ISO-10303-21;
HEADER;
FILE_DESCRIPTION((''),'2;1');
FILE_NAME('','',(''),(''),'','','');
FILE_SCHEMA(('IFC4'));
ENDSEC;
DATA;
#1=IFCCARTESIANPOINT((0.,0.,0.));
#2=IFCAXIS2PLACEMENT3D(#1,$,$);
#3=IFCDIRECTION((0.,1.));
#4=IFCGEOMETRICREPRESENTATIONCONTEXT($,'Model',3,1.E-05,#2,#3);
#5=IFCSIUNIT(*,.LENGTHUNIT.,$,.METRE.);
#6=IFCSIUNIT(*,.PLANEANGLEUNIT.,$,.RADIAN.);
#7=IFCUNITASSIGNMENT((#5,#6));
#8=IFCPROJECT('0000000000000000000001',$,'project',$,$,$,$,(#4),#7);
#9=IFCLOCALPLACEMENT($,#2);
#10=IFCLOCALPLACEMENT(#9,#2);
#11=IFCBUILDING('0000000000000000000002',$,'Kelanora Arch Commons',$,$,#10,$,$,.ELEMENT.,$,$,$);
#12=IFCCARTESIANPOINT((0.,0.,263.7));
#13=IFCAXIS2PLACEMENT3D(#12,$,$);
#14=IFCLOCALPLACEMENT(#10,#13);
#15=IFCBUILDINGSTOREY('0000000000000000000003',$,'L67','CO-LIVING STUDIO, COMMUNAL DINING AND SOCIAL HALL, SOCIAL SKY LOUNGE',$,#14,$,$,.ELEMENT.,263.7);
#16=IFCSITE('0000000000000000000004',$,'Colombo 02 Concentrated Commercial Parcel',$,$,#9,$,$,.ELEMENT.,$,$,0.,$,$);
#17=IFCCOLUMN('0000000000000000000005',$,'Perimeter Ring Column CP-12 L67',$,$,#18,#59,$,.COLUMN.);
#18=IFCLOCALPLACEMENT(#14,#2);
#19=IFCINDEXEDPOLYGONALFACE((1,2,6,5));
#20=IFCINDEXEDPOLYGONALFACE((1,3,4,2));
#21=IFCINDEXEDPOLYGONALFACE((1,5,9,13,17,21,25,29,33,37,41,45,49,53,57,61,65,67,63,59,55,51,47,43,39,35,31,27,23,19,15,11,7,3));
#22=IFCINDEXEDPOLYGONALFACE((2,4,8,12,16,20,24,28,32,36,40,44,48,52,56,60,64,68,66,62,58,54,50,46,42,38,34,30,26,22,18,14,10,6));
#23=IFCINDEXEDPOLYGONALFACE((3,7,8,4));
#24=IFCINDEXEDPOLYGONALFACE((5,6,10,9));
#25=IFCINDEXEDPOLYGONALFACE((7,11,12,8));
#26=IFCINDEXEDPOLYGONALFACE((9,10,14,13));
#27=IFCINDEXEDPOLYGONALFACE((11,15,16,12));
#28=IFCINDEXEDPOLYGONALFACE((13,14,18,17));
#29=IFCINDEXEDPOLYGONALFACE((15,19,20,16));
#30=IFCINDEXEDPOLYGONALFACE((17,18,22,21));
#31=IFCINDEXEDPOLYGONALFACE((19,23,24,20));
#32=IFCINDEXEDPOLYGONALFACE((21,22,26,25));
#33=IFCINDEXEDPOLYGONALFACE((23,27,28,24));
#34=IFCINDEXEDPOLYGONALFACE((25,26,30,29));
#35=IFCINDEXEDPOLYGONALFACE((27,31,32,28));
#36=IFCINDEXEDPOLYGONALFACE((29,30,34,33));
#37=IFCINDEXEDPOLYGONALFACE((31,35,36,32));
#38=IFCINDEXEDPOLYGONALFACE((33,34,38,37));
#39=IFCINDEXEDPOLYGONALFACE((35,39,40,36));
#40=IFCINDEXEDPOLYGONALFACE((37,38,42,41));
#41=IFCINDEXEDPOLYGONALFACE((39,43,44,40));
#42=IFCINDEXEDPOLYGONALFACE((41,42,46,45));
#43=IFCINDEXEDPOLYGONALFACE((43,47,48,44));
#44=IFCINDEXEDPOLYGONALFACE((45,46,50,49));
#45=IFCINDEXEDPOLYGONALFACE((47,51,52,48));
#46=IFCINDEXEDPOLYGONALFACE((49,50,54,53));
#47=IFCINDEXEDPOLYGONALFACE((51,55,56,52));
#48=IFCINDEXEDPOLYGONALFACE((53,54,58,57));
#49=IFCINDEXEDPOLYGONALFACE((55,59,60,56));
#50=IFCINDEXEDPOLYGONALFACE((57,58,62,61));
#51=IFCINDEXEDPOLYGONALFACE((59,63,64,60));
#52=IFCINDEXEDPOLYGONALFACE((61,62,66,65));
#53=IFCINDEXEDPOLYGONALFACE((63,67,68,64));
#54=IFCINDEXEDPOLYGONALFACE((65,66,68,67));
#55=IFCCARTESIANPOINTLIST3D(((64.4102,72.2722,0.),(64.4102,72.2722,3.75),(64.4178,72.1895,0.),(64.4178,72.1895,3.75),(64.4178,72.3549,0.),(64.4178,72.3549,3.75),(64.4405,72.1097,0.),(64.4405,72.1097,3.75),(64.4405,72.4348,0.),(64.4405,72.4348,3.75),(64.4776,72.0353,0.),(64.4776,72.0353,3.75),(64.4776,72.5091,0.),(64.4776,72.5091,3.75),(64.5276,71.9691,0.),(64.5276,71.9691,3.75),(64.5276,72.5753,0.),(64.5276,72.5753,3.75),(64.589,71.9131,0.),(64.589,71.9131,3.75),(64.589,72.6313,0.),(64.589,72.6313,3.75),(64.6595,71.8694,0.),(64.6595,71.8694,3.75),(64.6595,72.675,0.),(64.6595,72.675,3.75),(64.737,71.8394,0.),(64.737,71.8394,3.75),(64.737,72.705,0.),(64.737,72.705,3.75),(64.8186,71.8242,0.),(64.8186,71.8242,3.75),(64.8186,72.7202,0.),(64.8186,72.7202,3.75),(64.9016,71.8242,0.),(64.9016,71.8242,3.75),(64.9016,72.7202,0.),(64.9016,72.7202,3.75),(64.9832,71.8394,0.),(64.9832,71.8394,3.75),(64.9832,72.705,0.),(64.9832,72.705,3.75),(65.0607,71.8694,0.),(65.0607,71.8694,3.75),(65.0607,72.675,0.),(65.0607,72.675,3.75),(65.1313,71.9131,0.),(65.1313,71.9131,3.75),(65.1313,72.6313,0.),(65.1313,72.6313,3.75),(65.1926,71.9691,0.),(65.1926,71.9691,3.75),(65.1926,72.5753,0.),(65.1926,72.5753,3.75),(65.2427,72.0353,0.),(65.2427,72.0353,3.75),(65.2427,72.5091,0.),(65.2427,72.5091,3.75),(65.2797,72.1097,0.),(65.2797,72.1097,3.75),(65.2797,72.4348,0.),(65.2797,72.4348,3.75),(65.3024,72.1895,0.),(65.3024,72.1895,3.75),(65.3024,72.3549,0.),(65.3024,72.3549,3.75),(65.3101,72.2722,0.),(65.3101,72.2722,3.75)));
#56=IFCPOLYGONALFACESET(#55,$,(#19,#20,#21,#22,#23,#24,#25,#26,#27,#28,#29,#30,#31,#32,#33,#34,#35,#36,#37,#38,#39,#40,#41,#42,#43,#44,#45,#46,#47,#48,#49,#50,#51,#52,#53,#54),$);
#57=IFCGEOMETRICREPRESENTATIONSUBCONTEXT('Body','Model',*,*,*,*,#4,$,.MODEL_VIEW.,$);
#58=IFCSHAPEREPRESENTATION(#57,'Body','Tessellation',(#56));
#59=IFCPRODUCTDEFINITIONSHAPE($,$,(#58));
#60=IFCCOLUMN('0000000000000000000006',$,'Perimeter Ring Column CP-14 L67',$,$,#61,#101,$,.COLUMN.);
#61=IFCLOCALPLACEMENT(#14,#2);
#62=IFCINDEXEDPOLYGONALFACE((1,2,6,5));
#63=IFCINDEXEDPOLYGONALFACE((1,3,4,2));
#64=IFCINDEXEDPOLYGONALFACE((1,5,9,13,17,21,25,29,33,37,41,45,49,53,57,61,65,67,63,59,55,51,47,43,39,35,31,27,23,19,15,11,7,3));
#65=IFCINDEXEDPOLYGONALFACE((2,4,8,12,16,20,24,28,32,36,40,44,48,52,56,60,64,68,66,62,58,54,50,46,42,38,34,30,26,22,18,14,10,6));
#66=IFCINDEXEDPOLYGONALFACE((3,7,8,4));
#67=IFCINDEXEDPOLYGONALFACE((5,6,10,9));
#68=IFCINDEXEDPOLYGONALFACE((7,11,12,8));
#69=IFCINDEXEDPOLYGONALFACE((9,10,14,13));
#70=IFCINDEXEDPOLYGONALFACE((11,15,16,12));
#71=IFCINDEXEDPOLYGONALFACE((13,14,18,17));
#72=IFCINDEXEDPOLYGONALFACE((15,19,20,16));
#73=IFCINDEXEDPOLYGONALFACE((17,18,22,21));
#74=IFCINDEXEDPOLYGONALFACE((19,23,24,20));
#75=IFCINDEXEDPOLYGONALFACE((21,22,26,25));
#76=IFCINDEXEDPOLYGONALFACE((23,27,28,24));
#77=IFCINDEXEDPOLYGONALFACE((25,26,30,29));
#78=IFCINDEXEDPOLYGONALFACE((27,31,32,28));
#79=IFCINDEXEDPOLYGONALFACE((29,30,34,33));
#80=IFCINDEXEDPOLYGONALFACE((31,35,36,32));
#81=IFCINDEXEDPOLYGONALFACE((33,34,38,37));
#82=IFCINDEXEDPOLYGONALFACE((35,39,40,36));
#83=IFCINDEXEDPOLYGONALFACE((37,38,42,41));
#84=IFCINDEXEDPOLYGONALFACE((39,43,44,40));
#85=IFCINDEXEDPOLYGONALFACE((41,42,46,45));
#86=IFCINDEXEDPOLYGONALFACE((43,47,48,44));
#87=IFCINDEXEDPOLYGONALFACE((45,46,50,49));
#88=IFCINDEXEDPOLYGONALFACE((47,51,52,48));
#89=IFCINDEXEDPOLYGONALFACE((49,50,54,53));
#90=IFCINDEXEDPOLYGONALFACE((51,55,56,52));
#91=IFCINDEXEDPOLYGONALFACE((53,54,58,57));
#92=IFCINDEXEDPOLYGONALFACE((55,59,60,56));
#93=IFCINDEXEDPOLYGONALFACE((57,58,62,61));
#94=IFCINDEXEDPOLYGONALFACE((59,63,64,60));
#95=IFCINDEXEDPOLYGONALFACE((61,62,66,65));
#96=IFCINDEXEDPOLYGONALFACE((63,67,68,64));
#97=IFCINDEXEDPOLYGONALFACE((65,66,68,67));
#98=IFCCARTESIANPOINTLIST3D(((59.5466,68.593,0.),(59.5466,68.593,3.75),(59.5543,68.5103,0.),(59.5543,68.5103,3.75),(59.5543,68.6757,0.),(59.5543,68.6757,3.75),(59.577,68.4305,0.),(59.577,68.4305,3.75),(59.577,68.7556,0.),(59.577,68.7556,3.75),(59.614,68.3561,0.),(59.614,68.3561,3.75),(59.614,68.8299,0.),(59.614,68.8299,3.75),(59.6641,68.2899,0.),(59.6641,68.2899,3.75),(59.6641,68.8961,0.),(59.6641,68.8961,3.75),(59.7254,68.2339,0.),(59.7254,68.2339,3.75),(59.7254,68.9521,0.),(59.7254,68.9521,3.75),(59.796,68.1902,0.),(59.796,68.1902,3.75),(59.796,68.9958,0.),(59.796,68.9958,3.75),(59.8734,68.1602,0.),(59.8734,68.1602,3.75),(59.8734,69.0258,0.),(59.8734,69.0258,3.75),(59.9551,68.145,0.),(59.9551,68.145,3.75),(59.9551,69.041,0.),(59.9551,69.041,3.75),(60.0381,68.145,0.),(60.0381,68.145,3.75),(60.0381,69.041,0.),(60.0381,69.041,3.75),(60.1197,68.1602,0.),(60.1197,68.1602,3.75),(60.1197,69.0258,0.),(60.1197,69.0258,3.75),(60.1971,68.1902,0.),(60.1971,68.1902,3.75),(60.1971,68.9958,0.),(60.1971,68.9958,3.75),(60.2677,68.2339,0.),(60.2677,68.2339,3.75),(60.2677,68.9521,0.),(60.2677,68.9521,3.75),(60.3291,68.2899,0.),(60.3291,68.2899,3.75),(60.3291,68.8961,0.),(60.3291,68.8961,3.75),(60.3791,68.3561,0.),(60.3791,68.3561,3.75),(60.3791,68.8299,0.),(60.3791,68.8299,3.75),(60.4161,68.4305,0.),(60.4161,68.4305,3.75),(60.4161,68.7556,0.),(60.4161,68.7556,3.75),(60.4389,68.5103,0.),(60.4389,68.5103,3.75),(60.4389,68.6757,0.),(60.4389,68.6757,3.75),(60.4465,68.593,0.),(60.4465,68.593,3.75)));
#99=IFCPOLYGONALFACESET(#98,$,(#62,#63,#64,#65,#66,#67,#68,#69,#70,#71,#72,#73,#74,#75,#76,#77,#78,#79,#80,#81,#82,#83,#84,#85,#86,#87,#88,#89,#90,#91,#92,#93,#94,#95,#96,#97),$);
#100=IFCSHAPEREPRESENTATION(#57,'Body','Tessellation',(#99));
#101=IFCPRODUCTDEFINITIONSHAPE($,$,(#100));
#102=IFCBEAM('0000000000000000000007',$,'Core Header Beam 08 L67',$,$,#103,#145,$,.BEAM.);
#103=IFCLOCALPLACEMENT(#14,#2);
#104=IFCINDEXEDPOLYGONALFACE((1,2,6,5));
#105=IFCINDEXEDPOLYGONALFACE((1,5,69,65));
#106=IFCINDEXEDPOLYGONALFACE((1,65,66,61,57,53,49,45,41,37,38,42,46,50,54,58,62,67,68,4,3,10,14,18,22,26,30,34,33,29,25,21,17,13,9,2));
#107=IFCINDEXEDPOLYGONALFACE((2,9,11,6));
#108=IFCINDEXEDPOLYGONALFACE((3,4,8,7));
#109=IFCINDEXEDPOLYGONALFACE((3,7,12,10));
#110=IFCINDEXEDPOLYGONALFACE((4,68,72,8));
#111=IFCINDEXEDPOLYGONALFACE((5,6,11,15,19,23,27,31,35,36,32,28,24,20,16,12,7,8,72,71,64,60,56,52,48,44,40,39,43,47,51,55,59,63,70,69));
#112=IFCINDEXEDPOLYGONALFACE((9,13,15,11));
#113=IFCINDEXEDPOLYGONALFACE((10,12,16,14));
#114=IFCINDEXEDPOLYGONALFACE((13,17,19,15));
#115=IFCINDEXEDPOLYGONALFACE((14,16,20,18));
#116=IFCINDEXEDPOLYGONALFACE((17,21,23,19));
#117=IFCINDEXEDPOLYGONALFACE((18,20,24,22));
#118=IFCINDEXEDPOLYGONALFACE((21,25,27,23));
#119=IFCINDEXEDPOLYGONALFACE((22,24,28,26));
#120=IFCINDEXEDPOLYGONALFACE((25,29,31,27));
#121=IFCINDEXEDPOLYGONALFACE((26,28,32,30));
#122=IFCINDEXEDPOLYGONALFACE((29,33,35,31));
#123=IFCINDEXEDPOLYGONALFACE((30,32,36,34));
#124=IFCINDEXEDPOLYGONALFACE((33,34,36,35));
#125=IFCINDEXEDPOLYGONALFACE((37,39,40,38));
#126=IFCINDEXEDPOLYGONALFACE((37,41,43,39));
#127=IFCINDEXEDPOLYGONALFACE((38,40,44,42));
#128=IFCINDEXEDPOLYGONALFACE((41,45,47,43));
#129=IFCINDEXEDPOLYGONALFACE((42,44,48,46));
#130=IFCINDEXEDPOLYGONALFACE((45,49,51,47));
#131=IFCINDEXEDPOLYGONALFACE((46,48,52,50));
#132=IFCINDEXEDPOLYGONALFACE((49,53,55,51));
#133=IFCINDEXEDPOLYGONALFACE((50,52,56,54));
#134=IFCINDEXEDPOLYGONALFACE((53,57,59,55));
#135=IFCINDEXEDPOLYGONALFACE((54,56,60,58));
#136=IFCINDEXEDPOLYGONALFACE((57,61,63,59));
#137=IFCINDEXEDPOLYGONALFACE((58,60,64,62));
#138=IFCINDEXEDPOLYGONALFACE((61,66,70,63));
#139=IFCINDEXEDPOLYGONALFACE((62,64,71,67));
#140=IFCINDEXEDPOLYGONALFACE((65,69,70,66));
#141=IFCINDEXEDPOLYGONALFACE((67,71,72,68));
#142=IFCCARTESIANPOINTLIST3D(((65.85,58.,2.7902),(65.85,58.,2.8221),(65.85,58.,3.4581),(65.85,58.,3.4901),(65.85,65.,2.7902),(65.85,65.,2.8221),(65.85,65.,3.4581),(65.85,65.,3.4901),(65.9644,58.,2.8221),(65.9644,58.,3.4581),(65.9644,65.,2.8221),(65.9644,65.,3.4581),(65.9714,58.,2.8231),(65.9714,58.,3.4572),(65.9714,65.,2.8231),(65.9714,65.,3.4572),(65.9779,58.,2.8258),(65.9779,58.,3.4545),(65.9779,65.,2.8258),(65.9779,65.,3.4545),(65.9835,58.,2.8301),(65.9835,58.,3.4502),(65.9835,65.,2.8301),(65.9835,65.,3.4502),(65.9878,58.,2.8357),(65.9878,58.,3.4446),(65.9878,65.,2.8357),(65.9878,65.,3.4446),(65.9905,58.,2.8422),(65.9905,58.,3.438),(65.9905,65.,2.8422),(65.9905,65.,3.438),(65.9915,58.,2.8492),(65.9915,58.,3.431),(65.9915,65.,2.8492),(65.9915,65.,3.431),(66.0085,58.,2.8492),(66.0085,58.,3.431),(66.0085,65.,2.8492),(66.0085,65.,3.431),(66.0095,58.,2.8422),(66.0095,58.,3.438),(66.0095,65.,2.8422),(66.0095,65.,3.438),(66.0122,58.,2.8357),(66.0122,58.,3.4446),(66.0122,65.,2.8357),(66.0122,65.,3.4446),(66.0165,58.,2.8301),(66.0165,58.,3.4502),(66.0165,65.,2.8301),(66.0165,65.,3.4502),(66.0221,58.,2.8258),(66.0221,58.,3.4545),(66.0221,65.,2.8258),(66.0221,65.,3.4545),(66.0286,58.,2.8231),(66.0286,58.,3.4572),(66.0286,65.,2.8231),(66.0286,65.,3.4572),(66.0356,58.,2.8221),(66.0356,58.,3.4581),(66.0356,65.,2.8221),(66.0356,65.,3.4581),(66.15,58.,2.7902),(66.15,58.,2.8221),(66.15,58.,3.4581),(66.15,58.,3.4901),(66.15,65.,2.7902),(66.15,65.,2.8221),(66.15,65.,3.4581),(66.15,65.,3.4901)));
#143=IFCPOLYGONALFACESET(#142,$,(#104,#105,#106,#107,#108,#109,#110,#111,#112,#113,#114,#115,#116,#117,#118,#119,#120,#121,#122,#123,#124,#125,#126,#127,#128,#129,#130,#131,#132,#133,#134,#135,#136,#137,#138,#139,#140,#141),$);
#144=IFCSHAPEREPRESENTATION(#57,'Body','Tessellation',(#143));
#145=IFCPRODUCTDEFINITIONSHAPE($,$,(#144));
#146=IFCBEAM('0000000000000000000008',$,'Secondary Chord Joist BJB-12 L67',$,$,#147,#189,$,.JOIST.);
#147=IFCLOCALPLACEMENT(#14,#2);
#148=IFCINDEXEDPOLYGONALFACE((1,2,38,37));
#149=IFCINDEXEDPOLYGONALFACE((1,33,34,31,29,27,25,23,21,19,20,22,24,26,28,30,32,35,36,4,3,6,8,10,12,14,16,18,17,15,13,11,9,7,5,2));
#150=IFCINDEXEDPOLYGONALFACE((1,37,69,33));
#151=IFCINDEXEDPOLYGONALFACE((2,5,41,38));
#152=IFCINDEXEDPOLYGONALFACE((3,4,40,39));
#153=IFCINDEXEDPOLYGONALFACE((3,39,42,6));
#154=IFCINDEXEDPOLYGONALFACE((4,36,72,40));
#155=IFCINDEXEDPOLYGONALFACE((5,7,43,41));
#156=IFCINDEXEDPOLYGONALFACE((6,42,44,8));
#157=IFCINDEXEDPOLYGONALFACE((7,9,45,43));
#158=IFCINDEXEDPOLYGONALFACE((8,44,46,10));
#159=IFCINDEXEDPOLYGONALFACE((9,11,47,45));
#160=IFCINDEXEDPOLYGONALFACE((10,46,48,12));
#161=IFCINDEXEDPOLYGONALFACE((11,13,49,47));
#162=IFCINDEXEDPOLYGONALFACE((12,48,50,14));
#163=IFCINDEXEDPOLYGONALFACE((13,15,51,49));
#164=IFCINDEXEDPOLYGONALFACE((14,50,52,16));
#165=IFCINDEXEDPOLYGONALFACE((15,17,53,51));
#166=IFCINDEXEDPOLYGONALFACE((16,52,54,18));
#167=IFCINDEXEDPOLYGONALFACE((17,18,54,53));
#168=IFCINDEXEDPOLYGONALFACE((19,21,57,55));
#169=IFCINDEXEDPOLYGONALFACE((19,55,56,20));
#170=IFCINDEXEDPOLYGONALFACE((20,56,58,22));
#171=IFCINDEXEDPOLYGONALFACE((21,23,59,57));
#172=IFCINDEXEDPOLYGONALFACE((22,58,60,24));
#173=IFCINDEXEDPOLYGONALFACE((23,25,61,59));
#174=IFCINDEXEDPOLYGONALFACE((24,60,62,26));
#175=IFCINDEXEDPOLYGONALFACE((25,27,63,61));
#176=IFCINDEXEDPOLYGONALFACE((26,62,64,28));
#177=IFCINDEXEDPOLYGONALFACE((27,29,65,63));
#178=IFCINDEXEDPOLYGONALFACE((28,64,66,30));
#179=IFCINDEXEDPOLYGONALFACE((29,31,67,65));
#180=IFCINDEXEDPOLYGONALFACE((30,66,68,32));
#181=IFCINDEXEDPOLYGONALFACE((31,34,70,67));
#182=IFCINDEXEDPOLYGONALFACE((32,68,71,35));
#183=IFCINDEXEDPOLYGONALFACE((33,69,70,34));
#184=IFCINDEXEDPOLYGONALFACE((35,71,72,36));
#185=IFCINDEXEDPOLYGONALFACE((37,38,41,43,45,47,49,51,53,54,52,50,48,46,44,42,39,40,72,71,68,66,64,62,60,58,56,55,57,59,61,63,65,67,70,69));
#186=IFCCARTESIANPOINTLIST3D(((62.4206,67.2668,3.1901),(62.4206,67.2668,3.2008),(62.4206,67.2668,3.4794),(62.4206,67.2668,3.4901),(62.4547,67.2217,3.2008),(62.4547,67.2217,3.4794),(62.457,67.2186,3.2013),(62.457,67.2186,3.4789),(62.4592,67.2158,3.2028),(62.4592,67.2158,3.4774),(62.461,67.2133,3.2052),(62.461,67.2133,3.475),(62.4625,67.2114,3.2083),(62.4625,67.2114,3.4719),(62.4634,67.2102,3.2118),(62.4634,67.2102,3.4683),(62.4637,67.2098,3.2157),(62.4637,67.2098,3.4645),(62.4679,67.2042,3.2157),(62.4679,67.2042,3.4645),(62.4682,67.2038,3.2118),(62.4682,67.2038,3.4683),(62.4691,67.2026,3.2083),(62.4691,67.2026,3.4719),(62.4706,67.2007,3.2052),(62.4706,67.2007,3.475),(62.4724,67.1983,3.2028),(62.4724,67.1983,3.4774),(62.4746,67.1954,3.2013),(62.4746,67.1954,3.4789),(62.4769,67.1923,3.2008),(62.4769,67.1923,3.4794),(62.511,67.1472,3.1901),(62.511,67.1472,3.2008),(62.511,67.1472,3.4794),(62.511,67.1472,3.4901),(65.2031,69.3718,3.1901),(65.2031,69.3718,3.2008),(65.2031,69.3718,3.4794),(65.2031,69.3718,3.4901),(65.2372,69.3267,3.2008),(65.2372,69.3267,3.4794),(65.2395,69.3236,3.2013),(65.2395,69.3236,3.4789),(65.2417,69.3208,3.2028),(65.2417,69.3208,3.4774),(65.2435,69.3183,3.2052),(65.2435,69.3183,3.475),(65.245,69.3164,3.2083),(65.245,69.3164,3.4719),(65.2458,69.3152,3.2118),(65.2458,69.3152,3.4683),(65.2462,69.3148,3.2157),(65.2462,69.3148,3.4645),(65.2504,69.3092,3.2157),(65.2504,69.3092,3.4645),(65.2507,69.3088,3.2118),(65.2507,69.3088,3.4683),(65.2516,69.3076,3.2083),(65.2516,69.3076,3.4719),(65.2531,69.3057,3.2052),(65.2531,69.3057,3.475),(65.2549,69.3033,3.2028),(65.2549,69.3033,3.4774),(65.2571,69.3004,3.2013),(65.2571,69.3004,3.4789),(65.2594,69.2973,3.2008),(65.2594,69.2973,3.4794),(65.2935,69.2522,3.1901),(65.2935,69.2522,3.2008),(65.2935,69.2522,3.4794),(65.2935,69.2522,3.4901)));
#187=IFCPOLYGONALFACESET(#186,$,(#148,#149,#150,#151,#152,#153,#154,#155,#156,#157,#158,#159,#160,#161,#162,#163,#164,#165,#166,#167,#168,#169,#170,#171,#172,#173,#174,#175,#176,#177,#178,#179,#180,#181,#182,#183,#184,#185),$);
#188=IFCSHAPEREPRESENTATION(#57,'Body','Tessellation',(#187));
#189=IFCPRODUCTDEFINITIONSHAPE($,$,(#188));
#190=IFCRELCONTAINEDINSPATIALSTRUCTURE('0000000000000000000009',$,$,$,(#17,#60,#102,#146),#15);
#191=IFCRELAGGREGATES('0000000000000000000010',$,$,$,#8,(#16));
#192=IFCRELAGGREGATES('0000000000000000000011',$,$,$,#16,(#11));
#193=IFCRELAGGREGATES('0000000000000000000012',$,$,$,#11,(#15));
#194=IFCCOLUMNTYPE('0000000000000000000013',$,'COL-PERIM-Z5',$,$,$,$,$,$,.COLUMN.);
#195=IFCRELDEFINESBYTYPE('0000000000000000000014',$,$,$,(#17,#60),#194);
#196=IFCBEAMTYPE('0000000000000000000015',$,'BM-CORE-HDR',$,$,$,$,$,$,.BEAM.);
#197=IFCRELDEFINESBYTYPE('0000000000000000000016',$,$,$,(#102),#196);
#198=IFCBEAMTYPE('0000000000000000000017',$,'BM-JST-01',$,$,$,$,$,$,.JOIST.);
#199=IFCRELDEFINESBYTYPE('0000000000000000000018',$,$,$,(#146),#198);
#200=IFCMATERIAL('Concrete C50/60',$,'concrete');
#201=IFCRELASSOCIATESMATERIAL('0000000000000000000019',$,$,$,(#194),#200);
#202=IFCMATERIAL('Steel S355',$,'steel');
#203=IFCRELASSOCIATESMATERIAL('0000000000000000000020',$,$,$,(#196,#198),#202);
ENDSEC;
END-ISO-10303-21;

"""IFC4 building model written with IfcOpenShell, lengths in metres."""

from ifc_helpers import new_model, si_unit, direction, frame, origin, origin_2d, place, context, subcontext, project, spatial, circle, i_section, extrude, material, material_profile, profile_set, type_object, element, save


model = new_model("IFC4")

# Units and contexts
model_context = context("Model", 3, precision=1e-05, world=origin(), true_north=direction((0.0, 1.0)))
body_context = subcontext(model_context, "Body", "Model", "MODEL_VIEW")
ifc_project = project(units=[si_unit("LENGTHUNIT", "METRE"), si_unit("PLANEANGLEUNIT", "RADIAN")], contexts=[model_context])

# Site, building, storey
site_placement = place(None, origin())
site = spatial("IfcSite", under=ifc_project, at=site_placement, Name="Colombo 02 Concentrated Commercial Parcel", CompositionType="ELEMENT", RefElevation=0.0)
building_placement = place(site_placement, origin())
building = spatial("IfcBuilding", under=site, at=building_placement, Name="Kelanora Arch Commons", CompositionType="ELEMENT")
storey_placement = place(building_placement, frame((0.0, 0.0, 263.7)))
storey = spatial("IfcBuildingStorey", under=building, at=storey_placement, Name="L67", Description="CO-LIVING STUDIO, COMMUNAL DINING AND SOCIAL HALL, SOCIAL SKY LOUNGE", CompositionType="ELEMENT", Elevation=263.7)

# Columns
ifc_material_1 = material(Name="Concrete C50/60", Category="concrete")
ifc_material_profile_1 = material_profile(ifc_material_1, circle(Radius=0.45, at=origin_2d()), Name="RCC900")
ifc_profile_set_1 = profile_set([ifc_material_profile_1], Name="Concrete C50/60")
column_type = type_object("IfcColumnType", Name="COL-PERIM-Z5", PredefinedType="COLUMN", material=ifc_profile_set_1)
for number, where, z_axis, x_axis, name in (
    (1, (64.8601, 72.2722, 0.0), (0.0, 0.0, 1.0), (1.0, 0.0, 0.0), "Perimeter Ring Column CP-12 L67"),
    (2, (59.9966, 68.593, 0.0), (0.0, 0.0, 1.0), (1.0, 0.0, 0.0), "Perimeter Ring Column CP-14 L67"),
):
    element("IfcColumn", number, at=place(storey_placement, frame(where, z_axis=z_axis, x_axis=x_axis)), inside=storey, type_object=column_type, Name=name, PredefinedType="COLUMN", context=body_context, shape_type="SweptSolid", body=[
        extrude(circle(Radius=0.45, at=origin_2d()), origin(), (0.0, 0.0, 1.0), 3.75),
    ])

# Beams
ifc_material_2 = material(Name="Steel S355", Category="steel")
ifc_material_profile_2 = material_profile(ifc_material_2, i_section(OverallWidth=0.3, OverallDepth=0.7, WebThickness=0.0171, FlangeThickness=0.032, FilletRadius=0.0271, at=origin_2d()), Name="HEB700")
ifc_profile_set_2 = profile_set([ifc_material_profile_2], Name="Steel S355")
beam_type_1 = type_object("IfcBeamType", Name="BM-CORE-HDR", PredefinedType="BEAM", material=ifc_profile_set_2)
beam_1_placement = place(storey_placement, frame((66.0, 65.0, 3.1401), z_axis=(0.0, -1.0, 0.0), x_axis=(1.0, 0.0, 0.0)))
element("IfcBeam", 3, at=beam_1_placement, inside=storey, type_object=beam_type_1, Name="Core Header Beam 08 L67", PredefinedType="BEAM", context=body_context, shape_type="SweptSolid", body=[
    extrude(i_section(OverallWidth=0.3, OverallDepth=0.7, WebThickness=0.0171, FlangeThickness=0.032, FilletRadius=0.0271, at=origin_2d()), origin(), (0.0, 0.0, 1.0), 7.0),
])
ifc_material_profile_3 = material_profile(ifc_material_2, i_section(OverallWidth=0.1499, OverallDepth=0.3, WebThickness=0.0071, FlangeThickness=0.0107, FilletRadius=0.0149, at=origin_2d()), Name="IPE300")
ifc_profile_set_3 = profile_set([ifc_material_profile_3], Name="Steel S355")
beam_type_2 = type_object("IfcBeamType", Name="BM-JST-01", PredefinedType="JOIST", material=ifc_profile_set_3)
beam_2_placement = place(storey_placement, frame((65.2483, 69.312, 3.3401), z_axis=(-0.797499, -0.60332, 0.0), x_axis=(0.60332, -0.797499, 0.0)))
element("IfcBeam", 4, at=beam_2_placement, inside=storey, type_object=beam_type_2, Name="Secondary Chord Joist BJB-12 L67", PredefinedType="JOIST", context=body_context, shape_type="SweptSolid", body=[
    extrude(i_section(OverallWidth=0.1499, OverallDepth=0.3, WebThickness=0.0071, FlangeThickness=0.0107, FilletRadius=0.0149, at=origin_2d()), origin(), (0.0, 0.0, 1.0), 3.489),
])

save(model, "model.ifc")
